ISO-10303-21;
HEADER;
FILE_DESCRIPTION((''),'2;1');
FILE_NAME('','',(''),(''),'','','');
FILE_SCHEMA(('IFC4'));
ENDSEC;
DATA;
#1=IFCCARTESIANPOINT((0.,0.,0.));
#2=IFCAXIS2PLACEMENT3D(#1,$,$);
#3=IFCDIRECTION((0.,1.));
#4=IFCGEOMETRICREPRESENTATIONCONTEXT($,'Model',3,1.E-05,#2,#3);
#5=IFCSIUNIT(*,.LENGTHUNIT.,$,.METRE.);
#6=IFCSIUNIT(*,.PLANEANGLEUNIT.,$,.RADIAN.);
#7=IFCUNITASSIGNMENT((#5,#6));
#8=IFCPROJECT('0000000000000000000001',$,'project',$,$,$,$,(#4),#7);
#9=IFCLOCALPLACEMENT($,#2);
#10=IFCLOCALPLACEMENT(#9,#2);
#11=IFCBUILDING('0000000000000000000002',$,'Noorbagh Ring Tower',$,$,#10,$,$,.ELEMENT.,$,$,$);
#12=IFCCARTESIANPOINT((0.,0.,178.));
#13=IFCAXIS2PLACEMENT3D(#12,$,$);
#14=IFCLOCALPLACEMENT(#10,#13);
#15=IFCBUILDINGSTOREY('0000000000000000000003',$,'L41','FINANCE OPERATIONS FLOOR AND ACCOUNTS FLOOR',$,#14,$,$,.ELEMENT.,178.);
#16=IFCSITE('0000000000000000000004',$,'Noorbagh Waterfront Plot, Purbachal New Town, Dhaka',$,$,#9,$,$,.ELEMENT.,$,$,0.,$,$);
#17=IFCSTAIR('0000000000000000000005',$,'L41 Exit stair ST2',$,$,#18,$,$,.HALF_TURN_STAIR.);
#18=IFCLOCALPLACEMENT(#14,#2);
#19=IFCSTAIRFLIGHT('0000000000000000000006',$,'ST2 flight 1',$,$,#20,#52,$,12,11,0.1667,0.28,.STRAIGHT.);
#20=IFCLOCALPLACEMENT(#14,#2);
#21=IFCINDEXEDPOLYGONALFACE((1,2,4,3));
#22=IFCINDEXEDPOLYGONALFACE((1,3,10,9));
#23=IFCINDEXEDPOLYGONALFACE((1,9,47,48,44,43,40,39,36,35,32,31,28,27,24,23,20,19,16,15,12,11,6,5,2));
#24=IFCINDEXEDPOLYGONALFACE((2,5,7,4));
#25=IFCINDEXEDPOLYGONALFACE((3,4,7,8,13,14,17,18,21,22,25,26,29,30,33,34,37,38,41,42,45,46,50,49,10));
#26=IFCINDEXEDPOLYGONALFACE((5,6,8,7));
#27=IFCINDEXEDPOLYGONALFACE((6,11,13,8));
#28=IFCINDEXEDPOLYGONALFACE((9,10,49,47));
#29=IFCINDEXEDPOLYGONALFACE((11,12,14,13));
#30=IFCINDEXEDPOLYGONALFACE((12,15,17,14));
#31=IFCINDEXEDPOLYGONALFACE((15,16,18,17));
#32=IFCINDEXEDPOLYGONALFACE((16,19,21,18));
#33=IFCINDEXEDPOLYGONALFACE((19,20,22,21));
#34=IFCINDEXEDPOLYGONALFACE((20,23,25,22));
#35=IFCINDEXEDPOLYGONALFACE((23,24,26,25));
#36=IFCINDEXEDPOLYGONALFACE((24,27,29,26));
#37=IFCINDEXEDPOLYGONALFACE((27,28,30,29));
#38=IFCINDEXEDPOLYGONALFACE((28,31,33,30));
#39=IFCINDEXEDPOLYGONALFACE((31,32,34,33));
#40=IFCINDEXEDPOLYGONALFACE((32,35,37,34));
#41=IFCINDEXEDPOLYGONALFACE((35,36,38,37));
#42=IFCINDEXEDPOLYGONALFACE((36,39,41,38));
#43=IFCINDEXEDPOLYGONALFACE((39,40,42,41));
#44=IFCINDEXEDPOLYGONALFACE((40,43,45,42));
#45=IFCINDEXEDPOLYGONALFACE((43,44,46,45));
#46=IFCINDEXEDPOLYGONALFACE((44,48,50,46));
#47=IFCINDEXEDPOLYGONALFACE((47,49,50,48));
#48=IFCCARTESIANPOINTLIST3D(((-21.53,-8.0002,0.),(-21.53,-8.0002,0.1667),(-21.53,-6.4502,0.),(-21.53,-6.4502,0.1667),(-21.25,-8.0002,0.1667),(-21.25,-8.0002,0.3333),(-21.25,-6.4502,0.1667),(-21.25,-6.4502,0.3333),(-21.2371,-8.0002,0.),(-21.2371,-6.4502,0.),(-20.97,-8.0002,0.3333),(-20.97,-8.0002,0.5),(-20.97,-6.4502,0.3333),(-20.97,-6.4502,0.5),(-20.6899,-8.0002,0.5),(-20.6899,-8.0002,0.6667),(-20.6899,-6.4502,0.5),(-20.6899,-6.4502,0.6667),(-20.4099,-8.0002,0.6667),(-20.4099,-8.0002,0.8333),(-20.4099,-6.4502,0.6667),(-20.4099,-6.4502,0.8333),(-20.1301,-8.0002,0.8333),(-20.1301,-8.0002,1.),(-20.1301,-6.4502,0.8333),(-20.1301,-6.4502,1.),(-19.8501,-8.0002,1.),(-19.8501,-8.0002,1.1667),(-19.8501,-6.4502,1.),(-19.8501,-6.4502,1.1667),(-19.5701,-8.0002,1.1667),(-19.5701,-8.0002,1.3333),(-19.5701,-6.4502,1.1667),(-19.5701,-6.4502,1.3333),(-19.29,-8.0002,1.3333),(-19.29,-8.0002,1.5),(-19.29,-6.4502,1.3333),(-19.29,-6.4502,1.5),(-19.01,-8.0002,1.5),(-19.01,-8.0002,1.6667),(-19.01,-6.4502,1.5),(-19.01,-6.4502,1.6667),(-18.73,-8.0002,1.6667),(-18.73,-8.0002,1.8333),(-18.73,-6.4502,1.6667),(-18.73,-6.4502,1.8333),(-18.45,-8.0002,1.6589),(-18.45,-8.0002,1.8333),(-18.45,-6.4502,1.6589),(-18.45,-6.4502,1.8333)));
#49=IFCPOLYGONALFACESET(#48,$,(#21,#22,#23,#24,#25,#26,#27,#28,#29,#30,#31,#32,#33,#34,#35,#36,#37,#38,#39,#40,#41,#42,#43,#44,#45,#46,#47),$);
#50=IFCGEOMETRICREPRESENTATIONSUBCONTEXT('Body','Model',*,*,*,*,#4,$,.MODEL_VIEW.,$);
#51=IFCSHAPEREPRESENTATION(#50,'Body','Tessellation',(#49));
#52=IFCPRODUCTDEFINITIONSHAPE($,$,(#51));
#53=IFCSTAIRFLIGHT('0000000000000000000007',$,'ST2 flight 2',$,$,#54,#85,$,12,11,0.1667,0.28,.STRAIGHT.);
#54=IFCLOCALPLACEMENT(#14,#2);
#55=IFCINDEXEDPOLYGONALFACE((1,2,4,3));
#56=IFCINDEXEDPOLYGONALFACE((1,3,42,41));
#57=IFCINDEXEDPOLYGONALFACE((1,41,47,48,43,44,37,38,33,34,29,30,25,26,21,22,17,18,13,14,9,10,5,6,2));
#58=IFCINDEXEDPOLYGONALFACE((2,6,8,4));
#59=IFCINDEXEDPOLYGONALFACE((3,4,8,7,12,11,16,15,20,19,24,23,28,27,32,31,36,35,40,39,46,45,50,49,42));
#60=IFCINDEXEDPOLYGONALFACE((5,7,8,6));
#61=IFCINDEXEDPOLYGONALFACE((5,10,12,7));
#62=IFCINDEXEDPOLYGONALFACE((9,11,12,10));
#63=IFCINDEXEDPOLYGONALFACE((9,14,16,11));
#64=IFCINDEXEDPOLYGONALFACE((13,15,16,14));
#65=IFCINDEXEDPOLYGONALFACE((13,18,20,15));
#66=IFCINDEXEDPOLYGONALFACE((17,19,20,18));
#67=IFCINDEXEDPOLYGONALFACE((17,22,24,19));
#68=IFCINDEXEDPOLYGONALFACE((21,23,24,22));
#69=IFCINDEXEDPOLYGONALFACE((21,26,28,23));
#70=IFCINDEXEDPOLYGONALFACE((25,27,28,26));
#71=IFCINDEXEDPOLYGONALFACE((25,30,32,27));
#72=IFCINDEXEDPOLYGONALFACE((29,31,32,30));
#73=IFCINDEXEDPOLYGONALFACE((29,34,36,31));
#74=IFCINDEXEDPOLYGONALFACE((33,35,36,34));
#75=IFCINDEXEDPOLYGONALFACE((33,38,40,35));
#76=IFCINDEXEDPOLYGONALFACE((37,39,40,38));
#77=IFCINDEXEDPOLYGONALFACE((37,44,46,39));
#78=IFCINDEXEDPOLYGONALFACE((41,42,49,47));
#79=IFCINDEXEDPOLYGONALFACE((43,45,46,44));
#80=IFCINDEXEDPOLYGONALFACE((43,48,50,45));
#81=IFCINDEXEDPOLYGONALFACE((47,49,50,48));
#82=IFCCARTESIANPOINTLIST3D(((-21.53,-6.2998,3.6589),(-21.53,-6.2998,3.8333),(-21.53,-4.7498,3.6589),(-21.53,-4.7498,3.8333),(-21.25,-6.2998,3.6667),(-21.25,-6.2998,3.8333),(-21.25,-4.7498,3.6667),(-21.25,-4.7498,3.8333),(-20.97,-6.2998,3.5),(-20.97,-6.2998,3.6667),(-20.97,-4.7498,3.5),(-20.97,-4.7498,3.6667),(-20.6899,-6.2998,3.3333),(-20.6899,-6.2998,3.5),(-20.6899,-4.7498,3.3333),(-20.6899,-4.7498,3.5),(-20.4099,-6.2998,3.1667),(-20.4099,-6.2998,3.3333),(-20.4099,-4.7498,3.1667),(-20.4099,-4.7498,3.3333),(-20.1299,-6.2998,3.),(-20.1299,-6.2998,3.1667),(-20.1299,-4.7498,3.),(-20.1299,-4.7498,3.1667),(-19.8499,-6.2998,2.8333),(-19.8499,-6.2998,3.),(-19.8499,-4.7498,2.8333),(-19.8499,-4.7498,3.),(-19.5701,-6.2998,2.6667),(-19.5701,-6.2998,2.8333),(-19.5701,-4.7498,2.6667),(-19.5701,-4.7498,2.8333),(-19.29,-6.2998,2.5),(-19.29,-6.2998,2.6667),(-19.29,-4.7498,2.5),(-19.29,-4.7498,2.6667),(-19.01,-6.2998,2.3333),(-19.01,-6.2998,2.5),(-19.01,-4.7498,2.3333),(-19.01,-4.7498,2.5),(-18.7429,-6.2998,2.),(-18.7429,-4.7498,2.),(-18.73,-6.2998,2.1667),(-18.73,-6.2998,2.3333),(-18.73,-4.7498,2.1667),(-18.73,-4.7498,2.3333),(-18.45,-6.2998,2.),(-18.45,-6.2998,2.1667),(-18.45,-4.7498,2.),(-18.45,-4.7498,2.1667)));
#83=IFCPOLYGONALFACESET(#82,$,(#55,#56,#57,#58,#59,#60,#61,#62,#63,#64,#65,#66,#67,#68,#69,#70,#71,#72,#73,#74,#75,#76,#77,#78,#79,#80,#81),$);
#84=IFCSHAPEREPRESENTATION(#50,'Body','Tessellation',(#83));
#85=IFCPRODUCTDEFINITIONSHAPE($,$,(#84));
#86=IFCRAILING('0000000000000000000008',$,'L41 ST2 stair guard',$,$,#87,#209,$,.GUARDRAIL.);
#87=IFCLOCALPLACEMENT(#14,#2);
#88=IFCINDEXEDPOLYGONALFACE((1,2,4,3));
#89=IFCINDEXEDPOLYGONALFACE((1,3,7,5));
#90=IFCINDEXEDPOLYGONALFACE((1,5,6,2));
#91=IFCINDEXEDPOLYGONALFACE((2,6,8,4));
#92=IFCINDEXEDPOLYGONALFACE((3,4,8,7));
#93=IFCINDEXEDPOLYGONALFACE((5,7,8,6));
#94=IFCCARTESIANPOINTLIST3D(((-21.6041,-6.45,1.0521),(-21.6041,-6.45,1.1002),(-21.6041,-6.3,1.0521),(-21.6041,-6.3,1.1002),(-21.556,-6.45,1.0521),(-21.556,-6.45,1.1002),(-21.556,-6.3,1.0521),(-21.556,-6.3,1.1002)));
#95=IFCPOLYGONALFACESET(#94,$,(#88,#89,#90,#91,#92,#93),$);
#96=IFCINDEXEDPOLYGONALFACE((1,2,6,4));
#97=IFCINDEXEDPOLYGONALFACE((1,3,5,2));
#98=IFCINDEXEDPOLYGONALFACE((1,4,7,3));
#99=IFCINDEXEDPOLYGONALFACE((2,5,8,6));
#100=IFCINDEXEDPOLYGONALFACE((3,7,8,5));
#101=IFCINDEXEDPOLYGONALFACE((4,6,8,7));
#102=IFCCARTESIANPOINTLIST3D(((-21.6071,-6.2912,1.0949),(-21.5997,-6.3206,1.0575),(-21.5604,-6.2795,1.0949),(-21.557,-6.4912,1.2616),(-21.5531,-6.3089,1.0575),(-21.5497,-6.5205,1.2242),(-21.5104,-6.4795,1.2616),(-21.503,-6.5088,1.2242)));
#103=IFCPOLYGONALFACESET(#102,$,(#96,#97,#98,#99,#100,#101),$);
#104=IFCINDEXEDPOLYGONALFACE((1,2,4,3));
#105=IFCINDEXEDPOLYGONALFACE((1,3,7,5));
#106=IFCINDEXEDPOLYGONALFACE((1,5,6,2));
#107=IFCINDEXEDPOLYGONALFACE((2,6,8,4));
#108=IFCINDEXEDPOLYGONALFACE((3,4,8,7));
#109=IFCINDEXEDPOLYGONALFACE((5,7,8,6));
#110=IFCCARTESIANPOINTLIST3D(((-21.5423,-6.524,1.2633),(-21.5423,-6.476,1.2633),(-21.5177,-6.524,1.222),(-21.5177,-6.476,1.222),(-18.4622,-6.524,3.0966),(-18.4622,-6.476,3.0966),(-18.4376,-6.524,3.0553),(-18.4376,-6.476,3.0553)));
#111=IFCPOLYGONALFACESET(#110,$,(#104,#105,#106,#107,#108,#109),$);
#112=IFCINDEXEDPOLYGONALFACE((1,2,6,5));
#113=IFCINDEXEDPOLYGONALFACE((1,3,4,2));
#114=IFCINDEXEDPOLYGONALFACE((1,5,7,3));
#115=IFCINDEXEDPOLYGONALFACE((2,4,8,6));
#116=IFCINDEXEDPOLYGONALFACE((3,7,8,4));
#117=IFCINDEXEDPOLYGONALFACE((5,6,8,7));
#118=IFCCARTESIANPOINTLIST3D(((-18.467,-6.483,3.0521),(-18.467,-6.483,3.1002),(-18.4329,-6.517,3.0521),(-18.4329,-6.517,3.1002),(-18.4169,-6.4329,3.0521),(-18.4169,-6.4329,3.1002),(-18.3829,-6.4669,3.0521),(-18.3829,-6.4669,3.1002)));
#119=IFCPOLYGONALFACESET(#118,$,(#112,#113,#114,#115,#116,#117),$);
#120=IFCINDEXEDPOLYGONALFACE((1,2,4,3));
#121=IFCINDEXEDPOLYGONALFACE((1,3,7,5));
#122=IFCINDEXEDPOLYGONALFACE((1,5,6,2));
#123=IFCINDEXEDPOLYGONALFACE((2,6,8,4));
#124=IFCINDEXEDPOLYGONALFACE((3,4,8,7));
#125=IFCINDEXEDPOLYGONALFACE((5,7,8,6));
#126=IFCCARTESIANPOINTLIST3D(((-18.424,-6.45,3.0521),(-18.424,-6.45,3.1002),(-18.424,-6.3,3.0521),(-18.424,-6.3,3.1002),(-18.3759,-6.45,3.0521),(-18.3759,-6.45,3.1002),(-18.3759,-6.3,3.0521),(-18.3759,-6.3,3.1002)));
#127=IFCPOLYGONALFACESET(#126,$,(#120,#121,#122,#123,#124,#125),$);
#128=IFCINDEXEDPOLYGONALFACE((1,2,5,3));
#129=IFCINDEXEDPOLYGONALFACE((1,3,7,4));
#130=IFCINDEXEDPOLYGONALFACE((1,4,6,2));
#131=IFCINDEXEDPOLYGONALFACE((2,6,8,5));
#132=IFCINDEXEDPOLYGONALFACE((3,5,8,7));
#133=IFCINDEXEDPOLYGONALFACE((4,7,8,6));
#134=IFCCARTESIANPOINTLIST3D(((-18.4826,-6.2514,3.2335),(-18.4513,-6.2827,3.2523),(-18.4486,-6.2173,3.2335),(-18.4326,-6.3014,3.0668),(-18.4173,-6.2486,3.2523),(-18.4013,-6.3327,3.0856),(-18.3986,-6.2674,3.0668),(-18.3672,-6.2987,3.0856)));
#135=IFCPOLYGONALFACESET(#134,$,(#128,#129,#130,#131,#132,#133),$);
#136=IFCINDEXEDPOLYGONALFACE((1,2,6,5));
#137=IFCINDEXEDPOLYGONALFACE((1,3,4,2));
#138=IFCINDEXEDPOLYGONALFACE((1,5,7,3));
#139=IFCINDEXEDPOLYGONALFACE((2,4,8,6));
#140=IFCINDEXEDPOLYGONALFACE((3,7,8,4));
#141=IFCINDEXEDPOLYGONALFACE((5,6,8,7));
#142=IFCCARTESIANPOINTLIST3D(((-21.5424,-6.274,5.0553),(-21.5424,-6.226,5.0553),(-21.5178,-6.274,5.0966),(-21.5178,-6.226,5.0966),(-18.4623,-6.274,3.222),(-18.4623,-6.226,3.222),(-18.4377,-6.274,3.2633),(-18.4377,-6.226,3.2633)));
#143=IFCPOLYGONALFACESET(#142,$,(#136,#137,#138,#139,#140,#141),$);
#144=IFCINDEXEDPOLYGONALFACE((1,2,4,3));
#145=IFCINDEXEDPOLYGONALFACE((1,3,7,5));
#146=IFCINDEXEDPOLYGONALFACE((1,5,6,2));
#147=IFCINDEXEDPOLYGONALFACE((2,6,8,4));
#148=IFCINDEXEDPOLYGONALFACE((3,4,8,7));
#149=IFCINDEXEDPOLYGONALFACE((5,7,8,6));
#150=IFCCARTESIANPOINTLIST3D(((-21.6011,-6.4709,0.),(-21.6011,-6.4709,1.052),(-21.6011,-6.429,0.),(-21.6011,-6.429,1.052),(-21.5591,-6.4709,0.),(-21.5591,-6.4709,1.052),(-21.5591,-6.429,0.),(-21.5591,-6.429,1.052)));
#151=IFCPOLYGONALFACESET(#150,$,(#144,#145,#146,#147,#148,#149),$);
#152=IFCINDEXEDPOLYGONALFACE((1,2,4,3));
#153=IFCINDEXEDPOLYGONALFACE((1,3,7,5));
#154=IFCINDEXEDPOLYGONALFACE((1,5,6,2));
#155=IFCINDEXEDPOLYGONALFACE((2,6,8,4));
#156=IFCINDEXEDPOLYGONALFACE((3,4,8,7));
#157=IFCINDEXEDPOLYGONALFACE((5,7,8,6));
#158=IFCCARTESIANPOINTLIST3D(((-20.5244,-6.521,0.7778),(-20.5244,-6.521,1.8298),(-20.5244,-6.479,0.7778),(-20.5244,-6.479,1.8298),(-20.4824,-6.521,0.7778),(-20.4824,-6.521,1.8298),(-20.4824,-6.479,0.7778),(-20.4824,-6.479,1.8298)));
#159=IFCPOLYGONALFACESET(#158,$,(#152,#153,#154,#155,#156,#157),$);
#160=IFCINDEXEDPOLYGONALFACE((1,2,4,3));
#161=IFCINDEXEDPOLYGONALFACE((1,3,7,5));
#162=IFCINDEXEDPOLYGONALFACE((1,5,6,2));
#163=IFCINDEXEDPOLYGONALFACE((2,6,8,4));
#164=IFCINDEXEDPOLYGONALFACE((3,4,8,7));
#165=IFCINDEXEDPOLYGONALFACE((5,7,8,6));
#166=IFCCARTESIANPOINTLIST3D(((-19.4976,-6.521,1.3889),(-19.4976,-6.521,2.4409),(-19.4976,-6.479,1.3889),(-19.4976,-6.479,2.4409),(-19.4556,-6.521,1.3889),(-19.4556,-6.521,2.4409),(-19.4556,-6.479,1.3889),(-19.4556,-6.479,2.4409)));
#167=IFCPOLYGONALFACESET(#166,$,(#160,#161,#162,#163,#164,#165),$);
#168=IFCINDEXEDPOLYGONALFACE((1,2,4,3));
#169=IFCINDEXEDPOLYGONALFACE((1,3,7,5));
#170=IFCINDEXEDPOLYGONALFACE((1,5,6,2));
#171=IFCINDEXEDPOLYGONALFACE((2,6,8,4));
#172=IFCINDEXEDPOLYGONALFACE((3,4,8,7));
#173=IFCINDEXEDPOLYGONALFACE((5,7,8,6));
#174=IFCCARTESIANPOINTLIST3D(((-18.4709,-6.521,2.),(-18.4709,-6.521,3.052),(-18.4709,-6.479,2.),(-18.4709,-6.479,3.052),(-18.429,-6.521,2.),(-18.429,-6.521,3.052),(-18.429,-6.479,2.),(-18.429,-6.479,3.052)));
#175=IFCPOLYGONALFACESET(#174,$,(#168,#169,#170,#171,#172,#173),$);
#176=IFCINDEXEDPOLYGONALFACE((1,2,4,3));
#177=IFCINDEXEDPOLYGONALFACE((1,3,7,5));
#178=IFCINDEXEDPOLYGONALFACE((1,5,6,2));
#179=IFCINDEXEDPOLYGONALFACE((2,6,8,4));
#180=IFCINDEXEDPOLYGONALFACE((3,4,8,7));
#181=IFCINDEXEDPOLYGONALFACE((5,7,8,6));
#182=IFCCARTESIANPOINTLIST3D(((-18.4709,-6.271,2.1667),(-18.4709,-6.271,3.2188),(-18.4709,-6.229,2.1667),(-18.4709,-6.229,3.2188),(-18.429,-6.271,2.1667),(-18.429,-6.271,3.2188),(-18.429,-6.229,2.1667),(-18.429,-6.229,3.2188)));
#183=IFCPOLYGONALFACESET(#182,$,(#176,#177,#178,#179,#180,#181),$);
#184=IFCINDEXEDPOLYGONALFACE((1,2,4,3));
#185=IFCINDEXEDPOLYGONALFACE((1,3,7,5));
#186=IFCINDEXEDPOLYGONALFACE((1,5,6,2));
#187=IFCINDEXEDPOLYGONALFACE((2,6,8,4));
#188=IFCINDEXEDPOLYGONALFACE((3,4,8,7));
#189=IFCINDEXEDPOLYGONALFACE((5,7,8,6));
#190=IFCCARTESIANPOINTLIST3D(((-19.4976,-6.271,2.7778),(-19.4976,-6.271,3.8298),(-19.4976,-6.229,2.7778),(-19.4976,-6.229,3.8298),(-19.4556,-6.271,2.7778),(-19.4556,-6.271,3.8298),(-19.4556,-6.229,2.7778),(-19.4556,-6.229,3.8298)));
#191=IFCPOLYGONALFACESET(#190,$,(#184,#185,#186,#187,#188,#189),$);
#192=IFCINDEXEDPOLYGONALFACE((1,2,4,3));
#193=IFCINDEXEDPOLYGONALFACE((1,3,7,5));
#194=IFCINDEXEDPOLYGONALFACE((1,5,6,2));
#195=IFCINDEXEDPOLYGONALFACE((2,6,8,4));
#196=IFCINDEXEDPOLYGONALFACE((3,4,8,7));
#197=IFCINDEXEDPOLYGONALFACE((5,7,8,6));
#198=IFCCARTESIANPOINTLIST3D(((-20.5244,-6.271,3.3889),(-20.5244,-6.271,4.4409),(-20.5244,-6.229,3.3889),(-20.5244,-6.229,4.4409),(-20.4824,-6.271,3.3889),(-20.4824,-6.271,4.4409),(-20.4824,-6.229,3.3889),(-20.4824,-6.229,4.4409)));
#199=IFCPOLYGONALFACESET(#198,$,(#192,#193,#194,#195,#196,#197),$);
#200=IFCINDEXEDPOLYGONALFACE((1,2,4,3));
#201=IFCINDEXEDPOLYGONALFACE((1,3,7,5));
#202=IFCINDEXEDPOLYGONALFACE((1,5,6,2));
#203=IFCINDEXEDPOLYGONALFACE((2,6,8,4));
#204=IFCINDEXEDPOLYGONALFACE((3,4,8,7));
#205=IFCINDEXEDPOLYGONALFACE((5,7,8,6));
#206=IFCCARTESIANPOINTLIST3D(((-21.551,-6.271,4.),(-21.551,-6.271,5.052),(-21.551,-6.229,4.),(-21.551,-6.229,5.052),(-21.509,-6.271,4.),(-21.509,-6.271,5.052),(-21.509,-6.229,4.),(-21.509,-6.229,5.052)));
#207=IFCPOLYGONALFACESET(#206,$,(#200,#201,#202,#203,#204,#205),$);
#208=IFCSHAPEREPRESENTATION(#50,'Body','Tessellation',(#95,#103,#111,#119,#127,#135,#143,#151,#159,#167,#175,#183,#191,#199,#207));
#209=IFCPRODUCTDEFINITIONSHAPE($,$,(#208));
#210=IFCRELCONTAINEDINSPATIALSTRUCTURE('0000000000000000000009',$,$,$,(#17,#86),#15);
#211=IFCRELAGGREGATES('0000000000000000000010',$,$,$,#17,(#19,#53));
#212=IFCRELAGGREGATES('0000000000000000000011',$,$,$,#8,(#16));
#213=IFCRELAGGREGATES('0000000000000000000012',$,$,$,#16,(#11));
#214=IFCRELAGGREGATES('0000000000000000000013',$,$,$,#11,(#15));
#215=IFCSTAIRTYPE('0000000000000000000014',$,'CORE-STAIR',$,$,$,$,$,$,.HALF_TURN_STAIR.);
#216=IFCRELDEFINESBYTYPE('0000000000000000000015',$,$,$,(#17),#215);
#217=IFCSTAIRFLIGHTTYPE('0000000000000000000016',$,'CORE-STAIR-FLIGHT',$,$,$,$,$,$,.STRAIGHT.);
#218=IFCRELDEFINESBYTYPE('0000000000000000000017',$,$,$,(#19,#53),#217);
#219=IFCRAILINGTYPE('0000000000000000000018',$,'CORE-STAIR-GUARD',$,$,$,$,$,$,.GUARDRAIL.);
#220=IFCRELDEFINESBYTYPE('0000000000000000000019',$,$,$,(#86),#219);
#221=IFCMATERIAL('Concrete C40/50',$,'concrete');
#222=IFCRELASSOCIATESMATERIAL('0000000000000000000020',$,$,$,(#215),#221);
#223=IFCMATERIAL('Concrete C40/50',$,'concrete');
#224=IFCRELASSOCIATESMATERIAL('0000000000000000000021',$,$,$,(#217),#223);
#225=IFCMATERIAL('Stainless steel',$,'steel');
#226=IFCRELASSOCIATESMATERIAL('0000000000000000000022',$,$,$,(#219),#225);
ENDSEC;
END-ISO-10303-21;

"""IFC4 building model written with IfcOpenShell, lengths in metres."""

from ifc_helpers import new_model, si_unit, direction, frame, origin, origin_2d, place, context, subcontext, project, spatial, polyline, rectangle, outline, extrude, material, type_object, element, aggregate, save


model = new_model("IFC4")

# Units and contexts
model_context = context("Model", 3, precision=1e-05, world=origin(), true_north=direction((0.0, 1.0)))
body_context = subcontext(model_context, "Body", "Model", "MODEL_VIEW")
ifc_project = project(units=[si_unit("LENGTHUNIT", "METRE"), si_unit("PLANEANGLEUNIT", "RADIAN")], contexts=[model_context])

# Site, building, storey
site_placement = place(None, origin())
site = spatial("IfcSite", under=ifc_project, at=site_placement, Name="Noorbagh Waterfront Plot, Purbachal New Town, Dhaka", CompositionType="ELEMENT", RefElevation=0.0)
building_placement = place(site_placement, origin())
building = spatial("IfcBuilding", under=site, at=building_placement, Name="Noorbagh Ring Tower", CompositionType="ELEMENT")
storey_placement = place(building_placement, frame((0.0, 0.0, 178.0)))
storey = spatial("IfcBuildingStorey", under=building, at=storey_placement, Name="L41", Description="FINANCE OPERATIONS FLOOR AND ACCOUNTS FLOOR", CompositionType="ELEMENT", Elevation=178.0)

# Stair, stair flights
ifc_material_1 = material(Name="Concrete C40/50", Category="concrete")
stair_type = type_object("IfcStairType", Name="CORE-STAIR", PredefinedType="HALF_TURN_STAIR", material=ifc_material_1)
stair_placement = place(storey_placement, origin())
stair = element("IfcStair", 1, at=stair_placement, inside=storey, type_object=stair_type, Name="L41 Exit stair ST2", PredefinedType="HALF_TURN_STAIR")
ifc_material_2 = material(Name="Concrete C40/50", Category="concrete")
stair_flight_type = type_object("IfcStairFlightType", Name="CORE-STAIR-FLIGHT", PredefinedType="STRAIGHT", material=ifc_material_2)
stair_flight_1_placement = place(storey_placement, frame((-21.53, -7.2251, 0.0), z_axis=(0.0, 0.0, 1.0), x_axis=(1.0, 0.0, 0.0)))
stair_flight_1 = element("IfcStairFlight", 2, at=stair_flight_1_placement, type_object=stair_flight_type, Name="ST2 flight 1", NumberOfRisers=12, NumberOfTreads=11, PredefinedType="STRAIGHT", RiserHeight=0.1667, TreadLength=0.28, context=body_context, shape_type="SweptSolid", body=[
    extrude(outline(polyline([(0.0, 0.0), (0.0, 0.1667), (0.28, 0.1667), (0.28, 0.3333), (0.5601, 0.3333), (0.5601, 0.5), (0.8401, 0.5), (0.8401, 0.6667), (1.1201, 0.6667), (1.1201, 0.8333), (1.3999, 0.8333), (1.3999, 1.0), (1.6799, 1.0), (1.6799, 1.1667), (1.96, 1.1667), (1.96, 1.3333), (2.24, 1.3333), (2.24, 1.5), (2.52, 1.5), (2.52, 1.6667), (2.8, 1.6667), (2.8, 1.8333), (3.0801, 1.8333), (3.0801, 2.0), (3.0801, 1.6589), (0.293, 0.0), (0.0, 0.0)])), frame((0.0, 0.7749, 0.0), z_axis=(0.0, -1.0, 0.0), x_axis=(1.0, 0.0, 0.0)), (0.0, 0.0, 1.0), 1.55),
])
stair_flight_2_placement = place(storey_placement, frame((-18.45, -5.5249, 2.0), z_axis=(0.0, 0.0, 1.0), x_axis=(-1.0, 0.0, 0.0)))
stair_flight_2 = element("IfcStairFlight", 3, at=stair_flight_2_placement, type_object=stair_flight_type, Name="ST2 flight 2", NumberOfRisers=12, NumberOfTreads=11, PredefinedType="STRAIGHT", RiserHeight=0.1667, TreadLength=0.28, context=body_context, shape_type="SweptSolid", body=[
    extrude(outline(polyline([(0.0, 0.0), (0.0, 0.1667), (0.28, 0.1667), (0.28, 0.3333), (0.5601, 0.3333), (0.5601, 0.5), (0.8401, 0.5), (0.8401, 0.6667), (1.1201, 0.6667), (1.1201, 0.8333), (1.3999, 0.8333), (1.3999, 1.0), (1.6799, 1.0), (1.6799, 1.1667), (1.96, 1.1667), (1.96, 1.3333), (2.24, 1.3333), (2.24, 1.5), (2.52, 1.5), (2.52, 1.6667), (2.8, 1.6667), (2.8, 1.8333), (3.0801, 1.8333), (3.0801, 2.0), (3.0801, 1.6589), (0.293, 0.0), (0.0, 0.0)])), frame((0.0, 0.7749, 0.0), z_axis=(0.0, -1.0, 0.0), x_axis=(1.0, 0.0, 0.0)), (0.0, 0.0, 1.0), 1.55),
])
aggregate(stair, [stair_flight_1, stair_flight_2])

# Railing
ifc_material_3 = material(Name="Stainless steel", Category="steel")
railing_type_1 = type_object("IfcRailingType", Name="CORE-STAIR-GUARD", PredefinedType="GUARDRAIL", material=ifc_material_3)
railing_1_placement = place(storey_placement, frame((-21.5801, -6.45, 0.0)))
element("IfcRailing", 4, at=railing_1_placement, inside=storey, type_object=railing_type_1, Name="L41 ST2 stair guard", PredefinedType="GUARDRAIL", context=body_context, shape_type="SweptSolid", body=[
    extrude(rectangle(XDim=0.0481, YDim=0.0481, at=origin_2d()), frame((0.0, 0.0, 1.0762), z_axis=(0.0, 1.0, 0.0), x_axis=(-1.0, 0.0, 0.0)), (0.0, 0.0, 1.0), 0.1499),
    extrude(rectangle(XDim=0.0481, YDim=0.0481, at=origin_2d()), frame((0.0, 0.1499, 1.0762), z_axis=(0.188776, -0.754182, 0.628946), x_axis=(0.970073, 0.242814, 0.0)), (0.0, 0.0, 1.0), 0.2651),
    extrude(rectangle(XDim=0.0481, YDim=0.0481, at=origin_2d()), frame((0.05, -0.05, 1.2427), z_axis=(0.859309, 0.0, 0.511458), x_axis=(0.0, 1.0, 0.0)), (0.0, 0.0, 1.0), 3.5845),
    extrude(rectangle(XDim=0.0481, YDim=0.0481, at=origin_2d()), frame((3.1301, -0.05, 3.0762), z_axis=(0.707107, 0.707107, 0.0), x_axis=(-0.707107, 0.707107, 0.0)), (0.0, 0.0, 1.0), 0.0708),
    extrude(rectangle(XDim=0.0481, YDim=0.0481, at=origin_2d()), frame((3.1802, 0.0, 3.0762), z_axis=(0.0, 1.0, 0.0), x_axis=(-1.0, 0.0, 0.0)), (0.0, 0.0, 1.0), 0.1499),
    extrude(rectangle(XDim=0.0481, YDim=0.0481, at=origin_2d()), frame((3.1802, 0.1499, 3.0762), z_axis=(-0.276287, 0.276287, 0.920506), x_axis=(-0.707107, -0.707107, 0.0)), (0.0, 0.0, 1.0), 0.1812),
    extrude(rectangle(XDim=0.0481, YDim=0.0481, at=origin_2d()), frame((3.1301, 0.2, 3.2427), z_axis=(-0.859309, 0.0, 0.511458), x_axis=(0.0, -1.0, 0.0)), (0.0, 0.0, 1.0), 3.5845),
    extrude(rectangle(XDim=0.042, YDim=0.042, at=origin_2d()), origin(), (0.0, 0.0, 1.0), 1.052),
    extrude(rectangle(XDim=0.042, YDim=0.042, at=origin_2d()), frame((1.0767, -0.05, 0.7778)), (0.0, 0.0, 1.0), 1.052),
    extrude(rectangle(XDim=0.042, YDim=0.042, at=origin_2d()), frame((2.1035, -0.05, 1.3889)), (0.0, 0.0, 1.0), 1.052),
    extrude(rectangle(XDim=0.042, YDim=0.042, at=origin_2d()), frame((3.1301, -0.05, 2.0)), (0.0, 0.0, 1.0), 1.052),
    extrude(rectangle(XDim=0.042, YDim=0.042, at=origin_2d()), frame((3.1301, 0.2, 2.1667)), (0.0, 0.0, 1.0), 1.052),
    extrude(rectangle(XDim=0.042, YDim=0.042, at=origin_2d()), frame((2.1035, 0.2, 2.7778)), (0.0, 0.0, 1.0), 1.052),
    extrude(rectangle(XDim=0.042, YDim=0.042, at=origin_2d()), frame((1.0767, 0.2, 3.3889)), (0.0, 0.0, 1.0), 1.052),
    extrude(rectangle(XDim=0.042, YDim=0.042, at=origin_2d()), frame((0.05, 0.2, 4.0)), (0.0, 0.0, 1.0), 1.052),
])

save(model, "model.ifc")
